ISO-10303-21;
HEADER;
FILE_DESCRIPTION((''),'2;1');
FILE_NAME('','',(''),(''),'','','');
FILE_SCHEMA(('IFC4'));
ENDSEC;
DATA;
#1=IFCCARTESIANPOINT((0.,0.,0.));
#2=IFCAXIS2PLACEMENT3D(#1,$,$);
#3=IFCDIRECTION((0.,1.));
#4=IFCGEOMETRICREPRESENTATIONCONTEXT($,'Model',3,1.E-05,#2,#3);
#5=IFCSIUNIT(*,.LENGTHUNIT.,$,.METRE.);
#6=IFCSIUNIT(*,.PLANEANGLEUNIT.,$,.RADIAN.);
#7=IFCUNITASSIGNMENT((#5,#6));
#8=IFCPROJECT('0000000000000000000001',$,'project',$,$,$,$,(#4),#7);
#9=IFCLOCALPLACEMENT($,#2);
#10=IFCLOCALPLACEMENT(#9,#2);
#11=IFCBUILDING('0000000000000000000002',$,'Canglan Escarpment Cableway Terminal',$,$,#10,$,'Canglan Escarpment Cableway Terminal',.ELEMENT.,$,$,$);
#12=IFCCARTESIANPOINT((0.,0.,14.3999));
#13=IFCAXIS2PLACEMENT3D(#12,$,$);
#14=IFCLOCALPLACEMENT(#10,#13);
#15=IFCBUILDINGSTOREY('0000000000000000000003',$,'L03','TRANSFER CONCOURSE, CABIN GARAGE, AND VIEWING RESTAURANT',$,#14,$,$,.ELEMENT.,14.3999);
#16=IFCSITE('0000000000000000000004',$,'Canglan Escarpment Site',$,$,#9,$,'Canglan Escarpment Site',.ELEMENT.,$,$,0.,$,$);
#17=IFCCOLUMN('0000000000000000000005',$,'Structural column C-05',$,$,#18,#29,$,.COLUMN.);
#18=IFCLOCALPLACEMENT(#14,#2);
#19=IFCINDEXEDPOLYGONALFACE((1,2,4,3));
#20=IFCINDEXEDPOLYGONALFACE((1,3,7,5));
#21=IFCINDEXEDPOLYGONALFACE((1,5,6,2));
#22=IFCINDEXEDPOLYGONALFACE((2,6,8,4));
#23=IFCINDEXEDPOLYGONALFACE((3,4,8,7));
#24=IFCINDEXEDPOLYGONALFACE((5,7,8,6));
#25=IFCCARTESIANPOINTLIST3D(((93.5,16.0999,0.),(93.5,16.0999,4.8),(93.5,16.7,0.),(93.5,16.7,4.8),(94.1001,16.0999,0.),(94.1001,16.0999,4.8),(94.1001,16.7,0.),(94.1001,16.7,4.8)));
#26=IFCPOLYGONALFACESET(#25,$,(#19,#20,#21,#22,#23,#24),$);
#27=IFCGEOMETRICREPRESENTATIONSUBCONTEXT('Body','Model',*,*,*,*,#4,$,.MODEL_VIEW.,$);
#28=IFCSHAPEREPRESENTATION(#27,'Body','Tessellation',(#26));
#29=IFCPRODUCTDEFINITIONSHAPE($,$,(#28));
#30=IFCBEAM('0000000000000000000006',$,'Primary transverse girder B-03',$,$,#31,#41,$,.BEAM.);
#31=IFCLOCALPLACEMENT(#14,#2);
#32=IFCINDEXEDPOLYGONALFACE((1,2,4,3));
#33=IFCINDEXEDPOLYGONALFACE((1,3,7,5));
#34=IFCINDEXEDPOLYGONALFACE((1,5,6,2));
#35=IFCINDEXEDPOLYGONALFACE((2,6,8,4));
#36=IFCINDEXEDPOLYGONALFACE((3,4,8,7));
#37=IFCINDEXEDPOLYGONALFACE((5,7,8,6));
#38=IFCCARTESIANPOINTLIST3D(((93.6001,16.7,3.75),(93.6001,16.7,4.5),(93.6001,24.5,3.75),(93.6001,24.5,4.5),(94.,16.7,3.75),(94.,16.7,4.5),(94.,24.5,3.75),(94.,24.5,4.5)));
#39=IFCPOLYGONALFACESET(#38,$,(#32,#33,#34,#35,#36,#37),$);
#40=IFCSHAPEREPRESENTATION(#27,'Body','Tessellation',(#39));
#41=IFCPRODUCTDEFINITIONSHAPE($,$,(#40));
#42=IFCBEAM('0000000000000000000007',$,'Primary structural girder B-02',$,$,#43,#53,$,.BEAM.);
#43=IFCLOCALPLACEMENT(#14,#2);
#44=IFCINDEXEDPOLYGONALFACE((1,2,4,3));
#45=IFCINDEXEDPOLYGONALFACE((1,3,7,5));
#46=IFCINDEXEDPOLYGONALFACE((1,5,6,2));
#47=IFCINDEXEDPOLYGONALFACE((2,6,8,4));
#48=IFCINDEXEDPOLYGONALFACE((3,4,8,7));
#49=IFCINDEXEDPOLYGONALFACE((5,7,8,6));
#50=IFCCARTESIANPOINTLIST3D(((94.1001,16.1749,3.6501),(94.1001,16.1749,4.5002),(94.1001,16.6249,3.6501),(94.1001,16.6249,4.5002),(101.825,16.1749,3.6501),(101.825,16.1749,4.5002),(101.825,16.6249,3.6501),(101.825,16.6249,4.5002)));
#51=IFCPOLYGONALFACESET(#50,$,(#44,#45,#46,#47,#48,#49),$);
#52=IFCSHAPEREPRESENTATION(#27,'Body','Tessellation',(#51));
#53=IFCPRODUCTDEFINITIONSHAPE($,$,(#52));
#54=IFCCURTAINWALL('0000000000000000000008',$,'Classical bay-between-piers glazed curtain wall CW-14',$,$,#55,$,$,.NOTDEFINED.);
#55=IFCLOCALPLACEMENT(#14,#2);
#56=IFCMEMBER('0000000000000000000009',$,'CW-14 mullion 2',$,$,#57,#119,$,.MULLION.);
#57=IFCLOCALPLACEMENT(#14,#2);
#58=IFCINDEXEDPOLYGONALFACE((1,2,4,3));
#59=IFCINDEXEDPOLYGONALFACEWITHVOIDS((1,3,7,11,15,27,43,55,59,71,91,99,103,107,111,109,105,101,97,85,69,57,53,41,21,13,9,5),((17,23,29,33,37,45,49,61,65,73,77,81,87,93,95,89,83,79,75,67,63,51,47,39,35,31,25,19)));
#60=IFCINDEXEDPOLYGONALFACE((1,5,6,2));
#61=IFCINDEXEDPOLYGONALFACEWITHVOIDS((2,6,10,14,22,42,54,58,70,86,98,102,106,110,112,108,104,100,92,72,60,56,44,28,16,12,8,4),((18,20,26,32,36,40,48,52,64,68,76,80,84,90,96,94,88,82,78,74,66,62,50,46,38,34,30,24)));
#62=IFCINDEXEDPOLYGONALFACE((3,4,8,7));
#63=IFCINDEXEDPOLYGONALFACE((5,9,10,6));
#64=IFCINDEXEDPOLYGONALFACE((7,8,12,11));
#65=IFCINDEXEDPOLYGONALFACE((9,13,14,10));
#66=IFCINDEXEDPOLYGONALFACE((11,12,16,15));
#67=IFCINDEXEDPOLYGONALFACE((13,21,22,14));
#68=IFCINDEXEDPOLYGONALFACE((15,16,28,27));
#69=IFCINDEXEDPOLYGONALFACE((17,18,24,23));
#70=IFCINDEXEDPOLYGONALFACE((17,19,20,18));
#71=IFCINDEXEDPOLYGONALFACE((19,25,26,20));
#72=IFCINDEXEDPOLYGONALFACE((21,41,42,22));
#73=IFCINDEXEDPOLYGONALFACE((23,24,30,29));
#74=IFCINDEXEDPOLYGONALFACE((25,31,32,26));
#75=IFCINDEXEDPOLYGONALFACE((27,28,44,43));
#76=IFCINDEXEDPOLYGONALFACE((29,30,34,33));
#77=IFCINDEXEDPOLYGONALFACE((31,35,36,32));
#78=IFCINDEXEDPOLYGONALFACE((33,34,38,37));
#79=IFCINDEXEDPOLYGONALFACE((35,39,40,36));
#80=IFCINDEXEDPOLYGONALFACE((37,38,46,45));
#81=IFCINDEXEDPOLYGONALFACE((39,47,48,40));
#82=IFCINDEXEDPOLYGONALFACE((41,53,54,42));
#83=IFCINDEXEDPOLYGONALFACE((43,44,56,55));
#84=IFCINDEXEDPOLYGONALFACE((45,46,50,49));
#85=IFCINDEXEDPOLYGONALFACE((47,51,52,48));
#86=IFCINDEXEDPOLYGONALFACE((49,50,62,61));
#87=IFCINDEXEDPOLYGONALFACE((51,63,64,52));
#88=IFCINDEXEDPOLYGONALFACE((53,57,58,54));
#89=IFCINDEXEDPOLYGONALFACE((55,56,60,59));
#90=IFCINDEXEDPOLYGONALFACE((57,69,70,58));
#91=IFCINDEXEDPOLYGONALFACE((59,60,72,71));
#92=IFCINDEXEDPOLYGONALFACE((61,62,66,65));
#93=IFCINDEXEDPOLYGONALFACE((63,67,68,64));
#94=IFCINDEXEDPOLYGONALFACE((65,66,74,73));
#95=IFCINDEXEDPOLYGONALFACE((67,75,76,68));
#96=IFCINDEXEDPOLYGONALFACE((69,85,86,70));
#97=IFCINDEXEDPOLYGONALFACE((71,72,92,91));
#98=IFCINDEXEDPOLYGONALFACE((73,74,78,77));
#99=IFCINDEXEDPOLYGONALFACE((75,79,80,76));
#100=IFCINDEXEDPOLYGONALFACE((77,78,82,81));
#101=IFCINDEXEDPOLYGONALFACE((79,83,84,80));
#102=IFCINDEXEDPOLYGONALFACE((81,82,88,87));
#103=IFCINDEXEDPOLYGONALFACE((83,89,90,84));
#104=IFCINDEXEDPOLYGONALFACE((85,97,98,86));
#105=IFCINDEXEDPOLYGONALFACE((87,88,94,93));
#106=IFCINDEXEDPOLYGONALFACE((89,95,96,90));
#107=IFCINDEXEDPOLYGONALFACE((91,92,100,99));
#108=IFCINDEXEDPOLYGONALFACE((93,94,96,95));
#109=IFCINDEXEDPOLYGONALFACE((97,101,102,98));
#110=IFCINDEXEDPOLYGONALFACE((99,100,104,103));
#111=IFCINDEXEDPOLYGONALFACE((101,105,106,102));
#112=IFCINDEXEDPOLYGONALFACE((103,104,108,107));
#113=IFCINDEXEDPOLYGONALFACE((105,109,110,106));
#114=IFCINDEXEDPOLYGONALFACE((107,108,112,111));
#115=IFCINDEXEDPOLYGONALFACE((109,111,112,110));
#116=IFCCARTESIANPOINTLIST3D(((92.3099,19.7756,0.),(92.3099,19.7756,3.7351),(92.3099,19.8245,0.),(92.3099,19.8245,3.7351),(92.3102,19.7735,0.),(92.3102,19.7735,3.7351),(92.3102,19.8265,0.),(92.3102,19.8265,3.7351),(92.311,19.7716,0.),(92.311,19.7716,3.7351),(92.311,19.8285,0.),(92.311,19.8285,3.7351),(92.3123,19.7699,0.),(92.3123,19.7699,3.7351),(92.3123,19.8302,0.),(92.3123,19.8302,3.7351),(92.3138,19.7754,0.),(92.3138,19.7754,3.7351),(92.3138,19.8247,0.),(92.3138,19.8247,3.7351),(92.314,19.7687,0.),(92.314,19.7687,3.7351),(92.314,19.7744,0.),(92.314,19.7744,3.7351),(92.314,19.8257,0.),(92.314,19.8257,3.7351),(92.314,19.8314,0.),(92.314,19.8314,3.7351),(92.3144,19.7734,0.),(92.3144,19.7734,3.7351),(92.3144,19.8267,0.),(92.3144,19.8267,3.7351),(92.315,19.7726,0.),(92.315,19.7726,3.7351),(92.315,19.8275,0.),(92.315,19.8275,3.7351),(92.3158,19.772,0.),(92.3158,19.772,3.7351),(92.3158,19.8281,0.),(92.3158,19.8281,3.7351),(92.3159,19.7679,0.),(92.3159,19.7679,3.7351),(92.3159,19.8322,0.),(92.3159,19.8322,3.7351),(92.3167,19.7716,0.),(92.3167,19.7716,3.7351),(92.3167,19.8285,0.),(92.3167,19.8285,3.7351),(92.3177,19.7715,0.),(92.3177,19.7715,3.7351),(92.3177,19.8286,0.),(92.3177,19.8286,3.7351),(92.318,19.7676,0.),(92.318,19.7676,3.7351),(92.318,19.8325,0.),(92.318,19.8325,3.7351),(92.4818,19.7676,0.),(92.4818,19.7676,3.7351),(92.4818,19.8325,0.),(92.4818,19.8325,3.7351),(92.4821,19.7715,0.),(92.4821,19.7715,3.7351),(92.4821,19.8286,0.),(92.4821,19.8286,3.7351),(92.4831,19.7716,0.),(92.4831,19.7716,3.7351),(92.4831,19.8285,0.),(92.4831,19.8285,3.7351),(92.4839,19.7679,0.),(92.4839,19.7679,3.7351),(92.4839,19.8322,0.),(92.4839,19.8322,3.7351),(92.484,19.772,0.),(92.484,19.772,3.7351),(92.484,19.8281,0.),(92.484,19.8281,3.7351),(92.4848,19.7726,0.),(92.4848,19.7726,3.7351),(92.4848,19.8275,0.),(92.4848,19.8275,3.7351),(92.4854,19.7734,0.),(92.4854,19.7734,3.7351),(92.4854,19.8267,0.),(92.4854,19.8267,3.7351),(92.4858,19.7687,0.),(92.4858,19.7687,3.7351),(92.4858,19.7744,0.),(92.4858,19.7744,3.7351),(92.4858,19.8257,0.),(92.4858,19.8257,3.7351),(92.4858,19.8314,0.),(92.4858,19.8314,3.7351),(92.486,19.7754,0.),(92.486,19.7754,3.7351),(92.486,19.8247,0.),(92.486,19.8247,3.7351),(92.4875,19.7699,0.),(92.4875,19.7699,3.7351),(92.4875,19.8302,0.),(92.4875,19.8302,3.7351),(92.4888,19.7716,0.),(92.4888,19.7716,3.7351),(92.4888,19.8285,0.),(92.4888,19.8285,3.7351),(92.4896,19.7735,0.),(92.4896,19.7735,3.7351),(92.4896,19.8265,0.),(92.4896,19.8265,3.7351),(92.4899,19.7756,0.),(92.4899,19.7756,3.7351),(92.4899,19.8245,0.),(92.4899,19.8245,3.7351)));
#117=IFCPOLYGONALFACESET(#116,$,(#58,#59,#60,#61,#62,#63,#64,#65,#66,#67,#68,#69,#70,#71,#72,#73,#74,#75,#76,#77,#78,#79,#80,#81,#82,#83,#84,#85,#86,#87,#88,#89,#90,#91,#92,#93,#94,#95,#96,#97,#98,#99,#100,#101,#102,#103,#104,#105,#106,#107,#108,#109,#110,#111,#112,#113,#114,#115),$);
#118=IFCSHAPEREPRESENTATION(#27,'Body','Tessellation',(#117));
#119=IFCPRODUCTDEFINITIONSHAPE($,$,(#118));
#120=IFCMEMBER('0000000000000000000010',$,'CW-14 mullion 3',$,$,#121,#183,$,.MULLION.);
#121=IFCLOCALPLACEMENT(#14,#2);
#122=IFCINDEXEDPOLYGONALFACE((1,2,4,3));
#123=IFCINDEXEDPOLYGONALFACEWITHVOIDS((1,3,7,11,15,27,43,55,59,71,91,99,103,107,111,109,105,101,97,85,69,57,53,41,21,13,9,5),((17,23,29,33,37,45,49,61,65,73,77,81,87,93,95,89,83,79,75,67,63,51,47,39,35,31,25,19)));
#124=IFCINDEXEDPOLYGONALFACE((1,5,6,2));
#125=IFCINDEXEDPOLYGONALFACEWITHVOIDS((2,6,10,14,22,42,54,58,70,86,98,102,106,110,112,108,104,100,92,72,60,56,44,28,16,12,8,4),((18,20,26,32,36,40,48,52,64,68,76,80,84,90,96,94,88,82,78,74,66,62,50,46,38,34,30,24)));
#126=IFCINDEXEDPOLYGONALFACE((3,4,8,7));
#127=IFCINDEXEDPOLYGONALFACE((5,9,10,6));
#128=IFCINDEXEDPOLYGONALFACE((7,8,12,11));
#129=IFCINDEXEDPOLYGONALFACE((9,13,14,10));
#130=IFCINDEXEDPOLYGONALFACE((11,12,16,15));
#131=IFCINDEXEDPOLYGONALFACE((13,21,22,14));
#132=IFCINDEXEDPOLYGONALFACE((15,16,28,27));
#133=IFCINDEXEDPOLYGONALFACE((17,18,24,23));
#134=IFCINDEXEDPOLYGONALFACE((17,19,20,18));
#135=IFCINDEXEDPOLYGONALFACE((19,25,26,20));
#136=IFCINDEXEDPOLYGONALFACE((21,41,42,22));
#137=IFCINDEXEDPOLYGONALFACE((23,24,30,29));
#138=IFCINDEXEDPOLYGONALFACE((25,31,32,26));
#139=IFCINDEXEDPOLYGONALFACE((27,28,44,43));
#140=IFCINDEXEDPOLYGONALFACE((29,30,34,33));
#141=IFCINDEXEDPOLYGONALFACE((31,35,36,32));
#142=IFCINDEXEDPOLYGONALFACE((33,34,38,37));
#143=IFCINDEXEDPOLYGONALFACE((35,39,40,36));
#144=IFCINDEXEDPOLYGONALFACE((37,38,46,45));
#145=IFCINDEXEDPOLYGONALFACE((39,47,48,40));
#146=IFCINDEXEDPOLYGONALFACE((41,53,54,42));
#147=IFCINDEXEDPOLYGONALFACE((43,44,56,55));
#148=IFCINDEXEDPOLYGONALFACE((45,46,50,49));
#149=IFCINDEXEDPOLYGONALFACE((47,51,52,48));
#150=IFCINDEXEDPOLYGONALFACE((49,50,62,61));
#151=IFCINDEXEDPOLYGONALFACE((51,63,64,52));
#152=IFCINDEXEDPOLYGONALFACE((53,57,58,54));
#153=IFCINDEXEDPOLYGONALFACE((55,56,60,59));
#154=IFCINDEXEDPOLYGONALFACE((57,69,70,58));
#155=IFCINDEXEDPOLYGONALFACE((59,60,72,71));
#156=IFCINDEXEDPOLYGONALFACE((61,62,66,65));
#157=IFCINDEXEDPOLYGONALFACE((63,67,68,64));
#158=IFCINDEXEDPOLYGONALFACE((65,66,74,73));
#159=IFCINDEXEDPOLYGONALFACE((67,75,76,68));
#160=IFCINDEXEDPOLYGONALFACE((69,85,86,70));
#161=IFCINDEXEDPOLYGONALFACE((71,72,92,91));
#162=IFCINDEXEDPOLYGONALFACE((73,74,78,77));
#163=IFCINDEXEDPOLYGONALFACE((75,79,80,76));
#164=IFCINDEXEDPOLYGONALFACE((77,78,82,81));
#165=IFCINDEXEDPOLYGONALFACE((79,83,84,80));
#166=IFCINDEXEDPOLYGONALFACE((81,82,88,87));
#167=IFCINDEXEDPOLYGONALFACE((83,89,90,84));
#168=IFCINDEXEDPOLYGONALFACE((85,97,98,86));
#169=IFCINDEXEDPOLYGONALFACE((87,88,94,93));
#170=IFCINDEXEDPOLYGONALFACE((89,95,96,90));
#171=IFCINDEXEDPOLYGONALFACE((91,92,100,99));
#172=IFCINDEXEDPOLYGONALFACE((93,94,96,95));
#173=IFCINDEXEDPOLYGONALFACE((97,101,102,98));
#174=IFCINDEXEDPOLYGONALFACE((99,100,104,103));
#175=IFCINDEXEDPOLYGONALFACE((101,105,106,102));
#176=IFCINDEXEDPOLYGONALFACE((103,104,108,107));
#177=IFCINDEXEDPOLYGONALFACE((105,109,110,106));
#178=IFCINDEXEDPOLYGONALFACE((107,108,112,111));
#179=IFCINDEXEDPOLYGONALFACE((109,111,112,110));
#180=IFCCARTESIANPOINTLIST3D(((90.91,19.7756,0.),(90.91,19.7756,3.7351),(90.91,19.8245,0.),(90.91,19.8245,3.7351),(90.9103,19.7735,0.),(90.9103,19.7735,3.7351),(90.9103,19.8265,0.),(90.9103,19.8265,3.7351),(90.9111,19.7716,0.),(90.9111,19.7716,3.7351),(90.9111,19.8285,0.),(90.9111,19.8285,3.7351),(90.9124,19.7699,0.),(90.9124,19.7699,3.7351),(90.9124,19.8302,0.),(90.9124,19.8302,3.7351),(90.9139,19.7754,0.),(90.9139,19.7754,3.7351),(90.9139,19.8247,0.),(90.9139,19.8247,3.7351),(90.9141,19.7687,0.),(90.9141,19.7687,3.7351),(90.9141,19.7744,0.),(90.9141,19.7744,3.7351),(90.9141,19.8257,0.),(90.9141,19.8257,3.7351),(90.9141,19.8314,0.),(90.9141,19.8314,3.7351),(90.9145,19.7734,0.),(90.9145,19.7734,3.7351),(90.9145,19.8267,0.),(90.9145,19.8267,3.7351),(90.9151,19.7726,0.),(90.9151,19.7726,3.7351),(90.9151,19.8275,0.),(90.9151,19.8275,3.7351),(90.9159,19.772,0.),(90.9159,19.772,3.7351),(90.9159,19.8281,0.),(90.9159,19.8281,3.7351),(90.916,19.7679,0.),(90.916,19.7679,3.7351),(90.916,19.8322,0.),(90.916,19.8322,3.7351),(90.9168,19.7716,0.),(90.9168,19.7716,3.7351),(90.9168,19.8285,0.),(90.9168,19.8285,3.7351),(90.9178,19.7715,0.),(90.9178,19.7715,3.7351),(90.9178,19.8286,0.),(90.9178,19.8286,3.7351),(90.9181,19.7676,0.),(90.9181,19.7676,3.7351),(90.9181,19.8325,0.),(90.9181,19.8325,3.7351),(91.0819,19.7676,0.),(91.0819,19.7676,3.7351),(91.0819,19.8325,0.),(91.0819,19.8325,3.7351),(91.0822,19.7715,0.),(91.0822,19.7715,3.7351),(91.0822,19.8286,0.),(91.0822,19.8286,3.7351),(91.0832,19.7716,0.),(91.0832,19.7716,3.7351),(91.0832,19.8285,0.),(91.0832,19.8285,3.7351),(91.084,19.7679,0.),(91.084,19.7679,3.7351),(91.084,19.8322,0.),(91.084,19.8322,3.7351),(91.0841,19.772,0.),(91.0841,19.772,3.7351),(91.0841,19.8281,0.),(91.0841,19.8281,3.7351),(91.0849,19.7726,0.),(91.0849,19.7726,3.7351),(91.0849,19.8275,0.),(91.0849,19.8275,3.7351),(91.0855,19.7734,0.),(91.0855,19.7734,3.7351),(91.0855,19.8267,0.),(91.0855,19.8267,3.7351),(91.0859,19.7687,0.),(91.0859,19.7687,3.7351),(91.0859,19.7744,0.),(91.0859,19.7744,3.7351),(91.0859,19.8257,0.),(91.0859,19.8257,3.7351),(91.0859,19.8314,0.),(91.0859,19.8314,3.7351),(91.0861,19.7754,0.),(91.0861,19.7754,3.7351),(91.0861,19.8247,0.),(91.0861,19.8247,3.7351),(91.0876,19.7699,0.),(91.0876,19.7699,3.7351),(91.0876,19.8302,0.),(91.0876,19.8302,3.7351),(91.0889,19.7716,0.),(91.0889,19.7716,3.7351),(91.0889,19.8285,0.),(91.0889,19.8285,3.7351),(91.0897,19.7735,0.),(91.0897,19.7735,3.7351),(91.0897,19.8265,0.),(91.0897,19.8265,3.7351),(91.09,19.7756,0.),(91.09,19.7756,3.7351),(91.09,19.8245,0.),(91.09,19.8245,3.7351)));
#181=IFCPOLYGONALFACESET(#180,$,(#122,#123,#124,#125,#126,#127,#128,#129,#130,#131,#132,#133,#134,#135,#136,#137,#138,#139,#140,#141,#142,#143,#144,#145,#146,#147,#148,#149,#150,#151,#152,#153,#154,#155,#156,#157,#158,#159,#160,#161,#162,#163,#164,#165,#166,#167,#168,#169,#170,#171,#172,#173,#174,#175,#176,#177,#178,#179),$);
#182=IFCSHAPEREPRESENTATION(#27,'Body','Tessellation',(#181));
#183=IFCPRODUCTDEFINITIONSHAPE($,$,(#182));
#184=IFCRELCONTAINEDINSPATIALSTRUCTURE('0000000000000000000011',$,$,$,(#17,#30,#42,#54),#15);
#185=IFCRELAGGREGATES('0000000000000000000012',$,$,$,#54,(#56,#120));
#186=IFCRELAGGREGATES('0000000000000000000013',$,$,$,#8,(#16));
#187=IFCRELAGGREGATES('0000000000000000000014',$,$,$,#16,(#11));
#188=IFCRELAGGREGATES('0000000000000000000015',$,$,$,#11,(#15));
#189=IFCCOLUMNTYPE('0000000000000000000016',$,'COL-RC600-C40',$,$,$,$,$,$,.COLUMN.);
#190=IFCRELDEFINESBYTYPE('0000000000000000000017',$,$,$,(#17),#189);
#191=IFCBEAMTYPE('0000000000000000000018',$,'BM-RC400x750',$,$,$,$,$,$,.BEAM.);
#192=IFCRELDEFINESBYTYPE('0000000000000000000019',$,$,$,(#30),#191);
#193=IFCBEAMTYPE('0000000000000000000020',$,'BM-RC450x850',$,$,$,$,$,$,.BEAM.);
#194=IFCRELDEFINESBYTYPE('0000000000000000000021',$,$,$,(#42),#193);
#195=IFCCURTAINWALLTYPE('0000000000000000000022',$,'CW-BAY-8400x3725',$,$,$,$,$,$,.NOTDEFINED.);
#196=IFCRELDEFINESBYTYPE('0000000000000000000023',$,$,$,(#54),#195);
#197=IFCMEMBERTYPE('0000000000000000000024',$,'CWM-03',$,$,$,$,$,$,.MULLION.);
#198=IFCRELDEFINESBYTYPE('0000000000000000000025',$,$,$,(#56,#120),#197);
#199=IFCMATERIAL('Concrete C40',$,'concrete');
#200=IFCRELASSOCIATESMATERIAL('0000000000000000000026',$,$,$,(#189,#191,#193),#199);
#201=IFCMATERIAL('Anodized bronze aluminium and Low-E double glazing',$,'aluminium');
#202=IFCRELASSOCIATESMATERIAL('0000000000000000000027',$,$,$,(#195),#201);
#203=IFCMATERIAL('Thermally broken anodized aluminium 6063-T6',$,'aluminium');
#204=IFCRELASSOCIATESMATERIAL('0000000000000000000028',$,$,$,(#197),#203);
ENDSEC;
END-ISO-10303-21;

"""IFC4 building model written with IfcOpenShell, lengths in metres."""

from ifc_helpers import new_model, si_unit, direction, frame, origin, origin_2d, place, context, subcontext, project, spatial, rectangle, hollow_rectangle, extrude, material, material_profile, profile_set, type_object, element, aggregate, save


model = new_model("IFC4")

# Units and contexts
model_context = context("Model", 3, precision=1e-05, world=origin(), true_north=direction((0.0, 1.0)))
body_context = subcontext(model_context, "Body", "Model", "MODEL_VIEW")
ifc_project = project(units=[si_unit("LENGTHUNIT", "METRE"), si_unit("PLANEANGLEUNIT", "RADIAN")], contexts=[model_context])

# Site, building, storey
site_placement = place(None, origin())
site = spatial("IfcSite", under=ifc_project, at=site_placement, Name="Canglan Escarpment Site", LongName="Canglan Escarpment Site", CompositionType="ELEMENT", RefElevation=0.0)
building_placement = place(site_placement, origin())
building = spatial("IfcBuilding", under=site, at=building_placement, Name="Canglan Escarpment Cableway Terminal", LongName="Canglan Escarpment Cableway Terminal", CompositionType="ELEMENT")
storey_placement = place(building_placement, frame((0.0, 0.0, 14.3999)))
storey = spatial("IfcBuildingStorey", under=building, at=storey_placement, Name="L03", Description="TRANSFER CONCOURSE, CABIN GARAGE, AND VIEWING RESTAURANT", CompositionType="ELEMENT", Elevation=14.3999)

# Column
ifc_material_1 = material(Name="Concrete C40", Category="concrete")
ifc_material_profile_1 = material_profile(ifc_material_1, rectangle(XDim=0.6001, YDim=0.6001, at=origin_2d()), Name="RC 600x600")
ifc_profile_set_1 = profile_set([ifc_material_profile_1], Name="Concrete C40")
column_type = type_object("IfcColumnType", Name="COL-RC600-C40", PredefinedType="COLUMN", material=ifc_profile_set_1)
column_placement = place(storey_placement, frame((93.8, 16.3999, 0.0), z_axis=(0.0, 0.0, 1.0), x_axis=(1.0, 0.0, 0.0)))
element("IfcColumn", 1, at=column_placement, inside=storey, type_object=column_type, Name="Structural column C-05", PredefinedType="COLUMN", context=body_context, shape_type="SweptSolid", body=[
    extrude(rectangle(XDim=0.6001, YDim=0.6001, at=origin_2d()), origin(), (0.0, 0.0, 1.0), 4.8),
])

# Beams
ifc_material_profile_2 = material_profile(ifc_material_1, rectangle(XDim=0.3999, YDim=0.75, at=origin_2d()), Name="RC 400x750")
ifc_profile_set_2 = profile_set([ifc_material_profile_2], Name="Concrete C40")
beam_type_1 = type_object("IfcBeamType", Name="BM-RC400x750", PredefinedType="BEAM", material=ifc_profile_set_2)
beam_1_placement = place(storey_placement, frame((93.8, 16.7, 4.125), z_axis=(0.0, 1.0, 0.0), x_axis=(-1.0, 0.0, 0.0)))
element("IfcBeam", 2, at=beam_1_placement, inside=storey, type_object=beam_type_1, Name="Primary transverse girder B-03", PredefinedType="BEAM", context=body_context, shape_type="SweptSolid", body=[
    extrude(rectangle(XDim=0.3999, YDim=0.75, at=origin_2d()), origin(), (0.0, 0.0, 1.0), 7.8),
])
ifc_material_profile_3 = material_profile(ifc_material_1, rectangle(XDim=0.45, YDim=0.8501, at=origin_2d()), Name="RC 450x850")
ifc_profile_set_3 = profile_set([ifc_material_profile_3], Name="Concrete C40")
beam_type_2 = type_object("IfcBeamType", Name="BM-RC450x850", PredefinedType="BEAM", material=ifc_profile_set_3)
beam_2_placement = place(storey_placement, frame((94.1001, 16.3999, 4.0752), z_axis=(1.0, 0.0, 0.0), x_axis=(0.0, 1.0, 0.0)))
element("IfcBeam", 3, at=beam_2_placement, inside=storey, type_object=beam_type_2, Name="Primary structural girder B-02", PredefinedType="BEAM", context=body_context, shape_type="SweptSolid", body=[
    extrude(rectangle(XDim=0.45, YDim=0.8501, at=origin_2d()), origin(), (0.0, 0.0, 1.0), 7.7249),
])

# Curtain wall, members
ifc_material_2 = material(Name="Anodized bronze aluminium and Low-E double glazing", Category="aluminium")
curtain_wall_type_1 = type_object("IfcCurtainWallType", Name="CW-BAY-8400x3725", PredefinedType="NOTDEFINED", material=ifc_material_2)
curtain_wall_1_placement = place(storey_placement, origin())
curtain_wall_1 = element("IfcCurtainWall", 4, at=curtain_wall_1_placement, inside=storey, type_object=curtain_wall_type_1, Name="Classical bay-between-piers glazed curtain wall CW-14", PredefinedType="NOTDEFINED")
ifc_material_3 = material(Name="Thermally broken anodized aluminium 6063-T6", Category="aluminium")
ifc_material_profile_4 = material_profile(ifc_material_3, hollow_rectangle(XDim=0.0649, YDim=0.1799, WallThickness=0.0039, InnerFilletRadius=0.0039, OuterFilletRadius=0.0081, at=origin_2d()), Name="ALU-MULL 65x180x4")
ifc_profile_set_4 = profile_set([ifc_material_profile_4], Name="Thermally broken anodized aluminium 6063-T6")
member_type_1 = type_object("IfcMemberType", Name="CWM-03", PredefinedType="MULLION", material=ifc_profile_set_4)
member_1_placement = place(storey_placement, frame((92.3999, 19.8, 0.0), z_axis=(0.0, 0.0, 1.0), x_axis=(0.0, -1.0, 0.0)))
member_1 = element("IfcMember", 5, at=member_1_placement, type_object=member_type_1, Name="CW-14 mullion 2", PredefinedType="MULLION", context=body_context, shape_type="SweptSolid", body=[
    extrude(hollow_rectangle(XDim=0.0649, YDim=0.1799, WallThickness=0.0039, InnerFilletRadius=0.0039, OuterFilletRadius=0.0081, at=origin_2d()), origin(), (0.0, 0.0, 1.0), 3.7351),
])
member_2_placement = place(storey_placement, frame((91.0, 19.8, 0.0), z_axis=(0.0, 0.0, 1.0), x_axis=(0.0, -1.0, 0.0)))
member_2 = element("IfcMember", 6, at=member_2_placement, type_object=member_type_1, Name="CW-14 mullion 3", PredefinedType="MULLION", context=body_context, shape_type="SweptSolid", body=[
    extrude(hollow_rectangle(XDim=0.0649, YDim=0.1799, WallThickness=0.0039, InnerFilletRadius=0.0039, OuterFilletRadius=0.0081, at=origin_2d()), origin(), (0.0, 0.0, 1.0), 3.7351),
])

aggregate(curtain_wall_1, [member_1, member_2])

save(model, "model.ifc")
